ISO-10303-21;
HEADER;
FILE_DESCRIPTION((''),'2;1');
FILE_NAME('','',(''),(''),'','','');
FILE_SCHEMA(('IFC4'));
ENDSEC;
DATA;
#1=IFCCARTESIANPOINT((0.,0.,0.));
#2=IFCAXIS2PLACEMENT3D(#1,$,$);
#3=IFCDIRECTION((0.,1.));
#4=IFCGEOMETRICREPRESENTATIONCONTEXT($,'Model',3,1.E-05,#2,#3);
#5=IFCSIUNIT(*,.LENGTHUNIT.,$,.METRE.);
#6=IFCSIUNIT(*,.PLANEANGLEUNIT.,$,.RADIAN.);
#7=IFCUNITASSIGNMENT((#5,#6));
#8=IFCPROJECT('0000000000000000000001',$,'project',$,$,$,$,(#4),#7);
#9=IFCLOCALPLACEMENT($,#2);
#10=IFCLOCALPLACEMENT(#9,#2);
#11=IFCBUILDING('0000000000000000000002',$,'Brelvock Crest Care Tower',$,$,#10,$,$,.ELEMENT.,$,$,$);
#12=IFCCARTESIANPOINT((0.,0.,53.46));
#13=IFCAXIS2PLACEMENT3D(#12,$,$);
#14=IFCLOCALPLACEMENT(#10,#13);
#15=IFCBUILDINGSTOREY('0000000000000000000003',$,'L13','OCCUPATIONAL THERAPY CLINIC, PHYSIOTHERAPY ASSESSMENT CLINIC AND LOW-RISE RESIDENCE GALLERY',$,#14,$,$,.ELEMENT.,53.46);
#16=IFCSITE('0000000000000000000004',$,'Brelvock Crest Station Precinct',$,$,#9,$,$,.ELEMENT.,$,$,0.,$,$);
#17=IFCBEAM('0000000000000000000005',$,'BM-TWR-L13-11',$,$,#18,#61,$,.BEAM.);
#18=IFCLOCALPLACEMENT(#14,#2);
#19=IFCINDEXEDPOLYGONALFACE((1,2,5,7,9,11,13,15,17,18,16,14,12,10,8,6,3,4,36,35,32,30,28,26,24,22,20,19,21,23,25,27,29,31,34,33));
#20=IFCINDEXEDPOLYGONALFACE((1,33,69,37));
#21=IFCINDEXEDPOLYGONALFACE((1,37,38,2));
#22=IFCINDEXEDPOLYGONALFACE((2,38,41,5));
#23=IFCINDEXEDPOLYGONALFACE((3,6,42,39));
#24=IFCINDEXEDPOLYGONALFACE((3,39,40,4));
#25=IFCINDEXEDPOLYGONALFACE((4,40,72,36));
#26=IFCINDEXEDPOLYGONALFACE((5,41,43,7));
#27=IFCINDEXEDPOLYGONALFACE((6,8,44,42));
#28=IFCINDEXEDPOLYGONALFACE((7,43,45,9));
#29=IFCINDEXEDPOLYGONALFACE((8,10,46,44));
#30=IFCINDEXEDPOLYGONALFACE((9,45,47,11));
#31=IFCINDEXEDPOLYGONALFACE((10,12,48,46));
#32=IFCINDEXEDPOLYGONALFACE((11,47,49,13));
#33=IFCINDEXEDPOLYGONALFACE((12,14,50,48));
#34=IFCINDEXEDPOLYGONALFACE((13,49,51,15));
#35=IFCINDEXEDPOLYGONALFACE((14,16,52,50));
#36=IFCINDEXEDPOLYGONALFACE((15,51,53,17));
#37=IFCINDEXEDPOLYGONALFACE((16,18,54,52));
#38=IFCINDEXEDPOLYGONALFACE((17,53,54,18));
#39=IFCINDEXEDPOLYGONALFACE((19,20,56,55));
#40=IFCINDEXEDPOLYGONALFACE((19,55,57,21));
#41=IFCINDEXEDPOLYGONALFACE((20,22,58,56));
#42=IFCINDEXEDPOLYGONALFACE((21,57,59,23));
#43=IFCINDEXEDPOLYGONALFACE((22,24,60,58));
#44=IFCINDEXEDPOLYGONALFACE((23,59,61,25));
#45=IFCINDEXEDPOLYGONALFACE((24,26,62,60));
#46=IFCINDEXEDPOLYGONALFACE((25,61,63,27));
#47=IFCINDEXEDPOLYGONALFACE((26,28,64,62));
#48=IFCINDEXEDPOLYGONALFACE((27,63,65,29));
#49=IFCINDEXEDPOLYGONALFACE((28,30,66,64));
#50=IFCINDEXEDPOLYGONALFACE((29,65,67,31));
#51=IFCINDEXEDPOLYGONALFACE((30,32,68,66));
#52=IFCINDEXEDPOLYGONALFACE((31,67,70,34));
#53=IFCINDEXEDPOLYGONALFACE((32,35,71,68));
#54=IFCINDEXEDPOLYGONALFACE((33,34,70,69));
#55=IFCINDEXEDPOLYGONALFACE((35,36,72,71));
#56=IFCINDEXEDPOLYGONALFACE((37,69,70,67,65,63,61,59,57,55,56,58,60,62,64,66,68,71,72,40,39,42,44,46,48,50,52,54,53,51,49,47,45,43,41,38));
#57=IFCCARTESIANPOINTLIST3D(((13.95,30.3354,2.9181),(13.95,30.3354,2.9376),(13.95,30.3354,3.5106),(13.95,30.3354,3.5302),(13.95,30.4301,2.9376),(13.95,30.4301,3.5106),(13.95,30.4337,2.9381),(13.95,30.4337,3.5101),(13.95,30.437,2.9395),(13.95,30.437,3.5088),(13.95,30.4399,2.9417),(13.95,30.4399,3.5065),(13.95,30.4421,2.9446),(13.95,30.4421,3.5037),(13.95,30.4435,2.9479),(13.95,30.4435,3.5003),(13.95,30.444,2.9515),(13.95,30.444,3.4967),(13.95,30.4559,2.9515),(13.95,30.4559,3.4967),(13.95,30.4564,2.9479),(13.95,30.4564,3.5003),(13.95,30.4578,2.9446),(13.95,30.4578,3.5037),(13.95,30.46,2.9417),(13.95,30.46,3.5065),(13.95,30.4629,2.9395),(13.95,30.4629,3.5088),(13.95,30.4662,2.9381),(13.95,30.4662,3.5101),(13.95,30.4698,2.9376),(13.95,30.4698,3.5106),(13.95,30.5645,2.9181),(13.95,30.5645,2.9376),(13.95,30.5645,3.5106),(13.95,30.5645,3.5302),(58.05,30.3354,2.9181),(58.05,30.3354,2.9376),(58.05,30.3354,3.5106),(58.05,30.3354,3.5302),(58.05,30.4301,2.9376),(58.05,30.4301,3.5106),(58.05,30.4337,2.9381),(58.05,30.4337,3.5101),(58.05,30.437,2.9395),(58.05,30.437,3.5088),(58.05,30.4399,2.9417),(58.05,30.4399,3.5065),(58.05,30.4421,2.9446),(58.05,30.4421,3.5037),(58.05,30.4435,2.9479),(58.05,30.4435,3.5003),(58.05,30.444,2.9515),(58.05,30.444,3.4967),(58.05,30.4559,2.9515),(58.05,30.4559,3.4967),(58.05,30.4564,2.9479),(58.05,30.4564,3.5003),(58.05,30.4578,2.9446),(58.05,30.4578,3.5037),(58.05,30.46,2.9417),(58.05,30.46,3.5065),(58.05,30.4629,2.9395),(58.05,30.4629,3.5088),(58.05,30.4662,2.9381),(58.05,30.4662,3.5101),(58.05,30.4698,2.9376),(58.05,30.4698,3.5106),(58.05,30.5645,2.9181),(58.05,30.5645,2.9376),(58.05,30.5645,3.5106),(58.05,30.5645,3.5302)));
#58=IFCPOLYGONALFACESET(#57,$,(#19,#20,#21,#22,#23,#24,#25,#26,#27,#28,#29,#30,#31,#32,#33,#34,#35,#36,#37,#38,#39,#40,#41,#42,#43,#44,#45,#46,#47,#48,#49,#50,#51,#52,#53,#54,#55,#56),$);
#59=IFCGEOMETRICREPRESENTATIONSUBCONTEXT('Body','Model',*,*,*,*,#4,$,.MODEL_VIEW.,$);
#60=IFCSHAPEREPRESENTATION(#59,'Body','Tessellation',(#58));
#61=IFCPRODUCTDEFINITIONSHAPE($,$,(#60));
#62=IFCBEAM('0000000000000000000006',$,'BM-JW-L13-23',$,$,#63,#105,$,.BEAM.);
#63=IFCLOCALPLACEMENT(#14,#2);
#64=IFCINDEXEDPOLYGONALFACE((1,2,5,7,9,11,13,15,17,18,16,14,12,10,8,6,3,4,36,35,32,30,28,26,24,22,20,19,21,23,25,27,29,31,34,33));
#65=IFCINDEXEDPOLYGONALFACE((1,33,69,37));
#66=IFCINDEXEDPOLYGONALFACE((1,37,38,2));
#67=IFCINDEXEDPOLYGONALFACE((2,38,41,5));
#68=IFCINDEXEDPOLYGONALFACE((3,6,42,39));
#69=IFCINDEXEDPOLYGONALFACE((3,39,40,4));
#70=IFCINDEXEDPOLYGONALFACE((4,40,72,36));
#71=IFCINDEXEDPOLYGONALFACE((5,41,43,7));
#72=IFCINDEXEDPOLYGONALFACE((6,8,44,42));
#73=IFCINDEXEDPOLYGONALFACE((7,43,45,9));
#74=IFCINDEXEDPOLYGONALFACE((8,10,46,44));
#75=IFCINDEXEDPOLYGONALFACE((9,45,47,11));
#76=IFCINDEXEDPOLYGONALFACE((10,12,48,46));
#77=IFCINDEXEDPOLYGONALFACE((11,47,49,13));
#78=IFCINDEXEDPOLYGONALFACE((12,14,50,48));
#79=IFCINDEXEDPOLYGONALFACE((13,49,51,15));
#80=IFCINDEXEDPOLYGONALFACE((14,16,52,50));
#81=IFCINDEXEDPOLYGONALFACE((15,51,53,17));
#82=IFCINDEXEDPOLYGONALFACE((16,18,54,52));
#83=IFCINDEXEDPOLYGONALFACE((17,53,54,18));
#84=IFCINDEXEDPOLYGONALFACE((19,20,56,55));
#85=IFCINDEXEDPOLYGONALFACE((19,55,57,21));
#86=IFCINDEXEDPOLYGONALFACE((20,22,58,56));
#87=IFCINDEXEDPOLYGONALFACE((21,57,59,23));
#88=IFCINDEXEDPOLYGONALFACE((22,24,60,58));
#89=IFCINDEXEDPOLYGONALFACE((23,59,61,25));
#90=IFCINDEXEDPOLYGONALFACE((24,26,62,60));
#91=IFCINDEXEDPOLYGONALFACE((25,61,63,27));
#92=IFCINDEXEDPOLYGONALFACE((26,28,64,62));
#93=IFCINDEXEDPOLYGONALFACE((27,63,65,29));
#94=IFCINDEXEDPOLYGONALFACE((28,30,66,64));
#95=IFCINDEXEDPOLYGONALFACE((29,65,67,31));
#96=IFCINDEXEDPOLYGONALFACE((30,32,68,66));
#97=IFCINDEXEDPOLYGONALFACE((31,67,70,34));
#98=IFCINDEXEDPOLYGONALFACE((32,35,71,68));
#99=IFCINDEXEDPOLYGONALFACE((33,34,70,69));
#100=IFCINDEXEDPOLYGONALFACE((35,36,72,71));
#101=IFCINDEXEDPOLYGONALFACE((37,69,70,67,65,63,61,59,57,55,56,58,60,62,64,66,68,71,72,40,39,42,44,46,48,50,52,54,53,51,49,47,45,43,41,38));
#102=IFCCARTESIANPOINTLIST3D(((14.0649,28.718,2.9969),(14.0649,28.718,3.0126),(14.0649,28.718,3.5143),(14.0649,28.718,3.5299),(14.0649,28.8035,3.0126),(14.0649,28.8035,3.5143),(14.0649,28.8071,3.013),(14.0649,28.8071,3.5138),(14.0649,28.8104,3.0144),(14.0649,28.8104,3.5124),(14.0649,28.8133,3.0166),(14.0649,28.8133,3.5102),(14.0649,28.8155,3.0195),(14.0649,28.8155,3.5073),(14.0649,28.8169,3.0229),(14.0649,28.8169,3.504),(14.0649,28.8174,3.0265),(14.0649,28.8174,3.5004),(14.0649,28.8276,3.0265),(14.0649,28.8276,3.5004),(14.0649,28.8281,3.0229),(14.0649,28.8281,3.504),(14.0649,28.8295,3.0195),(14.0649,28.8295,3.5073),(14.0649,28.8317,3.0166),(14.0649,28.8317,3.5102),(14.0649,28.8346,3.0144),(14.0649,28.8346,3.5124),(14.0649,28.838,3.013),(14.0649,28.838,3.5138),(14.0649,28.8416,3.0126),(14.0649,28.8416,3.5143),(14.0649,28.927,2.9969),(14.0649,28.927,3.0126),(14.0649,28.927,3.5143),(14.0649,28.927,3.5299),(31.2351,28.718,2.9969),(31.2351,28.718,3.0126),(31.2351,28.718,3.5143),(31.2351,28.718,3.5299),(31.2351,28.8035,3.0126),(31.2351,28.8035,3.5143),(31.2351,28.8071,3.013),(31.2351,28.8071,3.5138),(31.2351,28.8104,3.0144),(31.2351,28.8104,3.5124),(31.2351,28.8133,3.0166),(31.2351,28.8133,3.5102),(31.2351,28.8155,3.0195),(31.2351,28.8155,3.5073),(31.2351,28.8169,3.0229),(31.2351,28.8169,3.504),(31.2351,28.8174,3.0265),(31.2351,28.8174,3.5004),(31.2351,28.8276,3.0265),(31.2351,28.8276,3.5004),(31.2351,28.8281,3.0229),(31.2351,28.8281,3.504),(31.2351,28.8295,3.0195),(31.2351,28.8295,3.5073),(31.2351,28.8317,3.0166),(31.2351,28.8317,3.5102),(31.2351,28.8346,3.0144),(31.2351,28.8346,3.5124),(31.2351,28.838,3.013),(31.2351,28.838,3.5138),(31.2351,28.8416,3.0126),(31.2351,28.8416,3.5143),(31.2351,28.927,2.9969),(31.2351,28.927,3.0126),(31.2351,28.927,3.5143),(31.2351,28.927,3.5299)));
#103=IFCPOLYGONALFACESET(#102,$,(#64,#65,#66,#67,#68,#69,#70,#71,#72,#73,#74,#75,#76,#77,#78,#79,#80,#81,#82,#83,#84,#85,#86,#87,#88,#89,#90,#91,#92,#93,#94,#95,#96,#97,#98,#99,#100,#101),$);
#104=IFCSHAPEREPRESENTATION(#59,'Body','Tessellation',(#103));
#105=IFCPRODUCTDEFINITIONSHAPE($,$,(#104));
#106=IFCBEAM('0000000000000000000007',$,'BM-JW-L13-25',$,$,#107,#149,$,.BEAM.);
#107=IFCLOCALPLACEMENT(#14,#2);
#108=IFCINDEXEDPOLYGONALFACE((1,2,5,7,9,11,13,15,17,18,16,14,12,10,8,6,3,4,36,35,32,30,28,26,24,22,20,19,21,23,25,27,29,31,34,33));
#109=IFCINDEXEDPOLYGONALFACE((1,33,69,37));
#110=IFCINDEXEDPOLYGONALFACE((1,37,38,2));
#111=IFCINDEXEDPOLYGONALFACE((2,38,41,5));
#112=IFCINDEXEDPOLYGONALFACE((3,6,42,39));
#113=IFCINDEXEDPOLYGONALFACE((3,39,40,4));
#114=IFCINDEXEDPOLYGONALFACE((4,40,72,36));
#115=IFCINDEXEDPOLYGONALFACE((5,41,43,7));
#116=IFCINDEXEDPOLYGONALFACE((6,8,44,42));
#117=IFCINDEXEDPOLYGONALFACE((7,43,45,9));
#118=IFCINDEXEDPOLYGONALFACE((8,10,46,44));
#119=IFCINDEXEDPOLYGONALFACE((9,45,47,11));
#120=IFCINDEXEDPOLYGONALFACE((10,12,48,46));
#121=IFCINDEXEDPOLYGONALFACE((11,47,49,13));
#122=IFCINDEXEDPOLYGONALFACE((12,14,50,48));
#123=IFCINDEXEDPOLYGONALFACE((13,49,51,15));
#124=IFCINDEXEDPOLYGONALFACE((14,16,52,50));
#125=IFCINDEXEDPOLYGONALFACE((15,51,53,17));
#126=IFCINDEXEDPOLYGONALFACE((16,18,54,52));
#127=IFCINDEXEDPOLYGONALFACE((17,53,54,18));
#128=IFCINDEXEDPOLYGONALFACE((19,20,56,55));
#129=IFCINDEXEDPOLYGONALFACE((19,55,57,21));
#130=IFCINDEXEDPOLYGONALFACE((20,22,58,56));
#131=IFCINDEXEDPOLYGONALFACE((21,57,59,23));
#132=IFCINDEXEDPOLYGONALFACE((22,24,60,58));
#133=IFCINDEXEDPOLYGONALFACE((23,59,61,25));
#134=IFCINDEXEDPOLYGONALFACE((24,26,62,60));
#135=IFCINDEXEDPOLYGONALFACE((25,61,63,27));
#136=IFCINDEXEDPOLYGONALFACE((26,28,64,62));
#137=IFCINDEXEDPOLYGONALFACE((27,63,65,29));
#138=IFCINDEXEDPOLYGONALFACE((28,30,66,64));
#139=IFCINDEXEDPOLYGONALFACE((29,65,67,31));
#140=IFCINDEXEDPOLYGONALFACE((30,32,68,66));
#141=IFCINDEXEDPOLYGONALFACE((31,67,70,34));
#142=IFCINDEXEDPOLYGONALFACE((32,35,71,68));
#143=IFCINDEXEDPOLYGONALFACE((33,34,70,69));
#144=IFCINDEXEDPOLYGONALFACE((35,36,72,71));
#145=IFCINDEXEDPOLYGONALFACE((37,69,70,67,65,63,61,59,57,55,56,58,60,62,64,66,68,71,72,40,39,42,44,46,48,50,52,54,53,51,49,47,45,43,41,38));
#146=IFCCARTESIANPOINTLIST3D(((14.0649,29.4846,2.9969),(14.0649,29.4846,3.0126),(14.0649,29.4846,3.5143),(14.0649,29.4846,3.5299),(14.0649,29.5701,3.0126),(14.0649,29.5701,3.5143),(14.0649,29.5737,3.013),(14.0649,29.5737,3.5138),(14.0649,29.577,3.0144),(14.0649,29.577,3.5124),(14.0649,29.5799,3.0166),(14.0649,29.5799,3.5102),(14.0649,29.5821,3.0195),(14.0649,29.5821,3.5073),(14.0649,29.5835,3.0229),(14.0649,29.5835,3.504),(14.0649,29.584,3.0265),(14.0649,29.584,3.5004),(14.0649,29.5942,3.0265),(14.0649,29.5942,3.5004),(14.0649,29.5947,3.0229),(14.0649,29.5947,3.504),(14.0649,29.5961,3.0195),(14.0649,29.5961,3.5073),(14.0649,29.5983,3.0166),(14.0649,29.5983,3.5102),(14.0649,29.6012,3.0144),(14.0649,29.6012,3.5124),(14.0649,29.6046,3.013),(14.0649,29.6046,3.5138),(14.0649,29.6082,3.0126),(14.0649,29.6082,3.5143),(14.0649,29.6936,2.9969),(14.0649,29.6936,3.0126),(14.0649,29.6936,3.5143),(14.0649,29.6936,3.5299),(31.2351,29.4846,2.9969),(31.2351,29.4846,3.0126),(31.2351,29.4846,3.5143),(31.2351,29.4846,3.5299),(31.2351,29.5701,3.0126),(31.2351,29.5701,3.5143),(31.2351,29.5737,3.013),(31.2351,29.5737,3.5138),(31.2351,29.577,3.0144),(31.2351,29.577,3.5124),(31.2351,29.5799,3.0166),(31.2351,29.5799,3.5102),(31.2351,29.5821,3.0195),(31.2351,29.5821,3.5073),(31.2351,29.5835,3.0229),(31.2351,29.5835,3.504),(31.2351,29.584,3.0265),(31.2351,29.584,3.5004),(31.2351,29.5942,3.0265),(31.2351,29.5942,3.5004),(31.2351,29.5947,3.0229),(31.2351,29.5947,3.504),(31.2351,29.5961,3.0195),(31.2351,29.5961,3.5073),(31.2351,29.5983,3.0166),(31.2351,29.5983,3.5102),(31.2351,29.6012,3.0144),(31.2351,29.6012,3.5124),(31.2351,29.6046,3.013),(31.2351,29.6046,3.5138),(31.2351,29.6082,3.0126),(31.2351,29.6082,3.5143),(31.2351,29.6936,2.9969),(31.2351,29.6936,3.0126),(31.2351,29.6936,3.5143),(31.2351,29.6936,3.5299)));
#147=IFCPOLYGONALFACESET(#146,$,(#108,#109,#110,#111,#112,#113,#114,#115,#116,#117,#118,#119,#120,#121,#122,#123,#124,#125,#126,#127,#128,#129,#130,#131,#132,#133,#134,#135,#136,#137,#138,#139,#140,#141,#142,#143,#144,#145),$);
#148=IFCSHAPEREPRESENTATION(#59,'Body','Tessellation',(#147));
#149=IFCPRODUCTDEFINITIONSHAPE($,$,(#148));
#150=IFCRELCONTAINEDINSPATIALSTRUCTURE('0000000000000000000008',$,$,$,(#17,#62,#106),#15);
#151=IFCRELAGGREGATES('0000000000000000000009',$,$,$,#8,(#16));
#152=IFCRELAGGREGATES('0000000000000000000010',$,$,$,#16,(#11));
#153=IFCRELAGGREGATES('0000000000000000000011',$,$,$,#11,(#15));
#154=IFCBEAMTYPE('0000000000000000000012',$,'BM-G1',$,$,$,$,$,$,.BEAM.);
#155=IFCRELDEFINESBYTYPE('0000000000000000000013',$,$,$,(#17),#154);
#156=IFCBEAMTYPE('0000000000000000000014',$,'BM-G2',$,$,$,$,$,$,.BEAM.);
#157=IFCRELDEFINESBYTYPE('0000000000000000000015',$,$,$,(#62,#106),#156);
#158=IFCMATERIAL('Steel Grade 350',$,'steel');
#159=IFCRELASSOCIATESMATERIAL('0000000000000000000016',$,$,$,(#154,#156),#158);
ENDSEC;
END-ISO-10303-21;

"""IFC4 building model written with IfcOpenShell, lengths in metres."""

from ifc_helpers import new_model, si_unit, direction, frame, origin, origin_2d, place, context, subcontext, project, spatial, i_section, extrude, source, transform, mapped, material, material_profile, profile_set, type_object, element, save


model = new_model("IFC4")

# Units and contexts
model_context = context("Model", 3, precision=1e-05, world=origin(), true_north=direction((0.0, 1.0)))
body_context = subcontext(model_context, "Body", "Model", "MODEL_VIEW")
ifc_project = project(units=[si_unit("LENGTHUNIT", "METRE"), si_unit("PLANEANGLEUNIT", "RADIAN")], contexts=[model_context])

# Site, building, storey
site_placement = place(None, origin())
site = spatial("IfcSite", under=ifc_project, at=site_placement, Name="Brelvock Crest Station Precinct", CompositionType="ELEMENT", RefElevation=0.0)
building_placement = place(site_placement, origin())
building = spatial("IfcBuilding", under=site, at=building_placement, Name="Brelvock Crest Care Tower", CompositionType="ELEMENT")
storey_placement = place(building_placement, frame((0.0, 0.0, 53.46)))
storey = spatial("IfcBuildingStorey", under=building, at=storey_placement, Name="L13", Description="OCCUPATIONAL THERAPY CLINIC, PHYSIOTHERAPY ASSESSMENT CLINIC AND LOW-RISE RESIDENCE GALLERY", CompositionType="ELEMENT", Elevation=53.46)

# Shared definitions
ifc_material_1 = material(Name="Steel Grade 350", Category="steel")

# Beams
ifc_material_profile_1 = material_profile(ifc_material_1, i_section(OverallWidth=0.229, OverallDepth=0.6121, WebThickness=0.012, FlangeThickness=0.0195, FilletRadius=0.0139, at=origin_2d()), Name="610UB125")
ifc_profile_set_1 = profile_set([ifc_material_profile_1], Name="Steel Grade 350")
beam_type_1 = type_object("IfcBeamType", Name="BM-G1", PredefinedType="BEAM", material=ifc_profile_set_1)
shared_shape_1 = source(origin(), body_context, "Body", "SweptSolid", [
    extrude(i_section(OverallWidth=0.229, OverallDepth=0.6121, WebThickness=0.012, FlangeThickness=0.0195, FilletRadius=0.0139, at=origin_2d()), origin(), (0.0, 0.0, 1.0), 44.1001),
])
beam_1_placement = place(storey_placement, frame((13.95, 30.45, 3.2241), z_axis=(1.0, 0.0, 0.0), x_axis=(0.0, 1.0, 0.0)))
element("IfcBeam", 1, at=beam_1_placement, inside=storey, type_object=beam_type_1, Name="BM-TWR-L13-11", PredefinedType="BEAM", context=body_context, shape_type="MappedRepresentation", body=[
    mapped(shared_shape_1, transform((0.0, 0.0, 0.0), x_axis=(1.0, 0.0, 0.0), y_axis=(0.0, 1.0, 0.0), z_axis=(0.0, 0.0, 1.0), scale=1.0)),
])
ifc_material_profile_2 = material_profile(ifc_material_1, i_section(OverallWidth=0.209, OverallDepth=0.533, WebThickness=0.0103, FlangeThickness=0.0156, FilletRadius=0.0139, at=origin_2d()), Name="530UB92.4")
ifc_profile_set_2 = profile_set([ifc_material_profile_2], Name="Steel Grade 350")
beam_type_2 = type_object("IfcBeamType", Name="BM-G2", PredefinedType="BEAM", material=ifc_profile_set_2)
shared_shape_2 = source(origin(), body_context, "Body", "SweptSolid", [
    extrude(i_section(OverallWidth=0.209, OverallDepth=0.533, WebThickness=0.0103, FlangeThickness=0.0156, FilletRadius=0.0139, at=origin_2d()), origin(), (0.0, 0.0, 1.0), 17.1702),
])
for number, where, z_axis, x_axis, name in (
    (2, (14.0649, 28.8225, 3.2634), (1.0, 0.0, 0.0), (0.0, 1.0, 0.0), "BM-JW-L13-23"),
    (3, (14.0649, 29.5891, 3.2634), (1.0, 0.0, 0.0), (0.0, 1.0, 0.0), "BM-JW-L13-25"),
):
    element("IfcBeam", number, at=place(storey_placement, frame(where, z_axis=z_axis, x_axis=x_axis)), inside=storey, type_object=beam_type_2, Name=name, PredefinedType="BEAM", context=body_context, shape_type="MappedRepresentation", body=[
        mapped(shared_shape_2, transform((0.0, 0.0, 0.0), x_axis=(1.0, 0.0, 0.0), y_axis=(0.0, 1.0, 0.0), z_axis=(0.0, 0.0, 1.0), scale=1.0)),
    ])

save(model, "model.ifc")
